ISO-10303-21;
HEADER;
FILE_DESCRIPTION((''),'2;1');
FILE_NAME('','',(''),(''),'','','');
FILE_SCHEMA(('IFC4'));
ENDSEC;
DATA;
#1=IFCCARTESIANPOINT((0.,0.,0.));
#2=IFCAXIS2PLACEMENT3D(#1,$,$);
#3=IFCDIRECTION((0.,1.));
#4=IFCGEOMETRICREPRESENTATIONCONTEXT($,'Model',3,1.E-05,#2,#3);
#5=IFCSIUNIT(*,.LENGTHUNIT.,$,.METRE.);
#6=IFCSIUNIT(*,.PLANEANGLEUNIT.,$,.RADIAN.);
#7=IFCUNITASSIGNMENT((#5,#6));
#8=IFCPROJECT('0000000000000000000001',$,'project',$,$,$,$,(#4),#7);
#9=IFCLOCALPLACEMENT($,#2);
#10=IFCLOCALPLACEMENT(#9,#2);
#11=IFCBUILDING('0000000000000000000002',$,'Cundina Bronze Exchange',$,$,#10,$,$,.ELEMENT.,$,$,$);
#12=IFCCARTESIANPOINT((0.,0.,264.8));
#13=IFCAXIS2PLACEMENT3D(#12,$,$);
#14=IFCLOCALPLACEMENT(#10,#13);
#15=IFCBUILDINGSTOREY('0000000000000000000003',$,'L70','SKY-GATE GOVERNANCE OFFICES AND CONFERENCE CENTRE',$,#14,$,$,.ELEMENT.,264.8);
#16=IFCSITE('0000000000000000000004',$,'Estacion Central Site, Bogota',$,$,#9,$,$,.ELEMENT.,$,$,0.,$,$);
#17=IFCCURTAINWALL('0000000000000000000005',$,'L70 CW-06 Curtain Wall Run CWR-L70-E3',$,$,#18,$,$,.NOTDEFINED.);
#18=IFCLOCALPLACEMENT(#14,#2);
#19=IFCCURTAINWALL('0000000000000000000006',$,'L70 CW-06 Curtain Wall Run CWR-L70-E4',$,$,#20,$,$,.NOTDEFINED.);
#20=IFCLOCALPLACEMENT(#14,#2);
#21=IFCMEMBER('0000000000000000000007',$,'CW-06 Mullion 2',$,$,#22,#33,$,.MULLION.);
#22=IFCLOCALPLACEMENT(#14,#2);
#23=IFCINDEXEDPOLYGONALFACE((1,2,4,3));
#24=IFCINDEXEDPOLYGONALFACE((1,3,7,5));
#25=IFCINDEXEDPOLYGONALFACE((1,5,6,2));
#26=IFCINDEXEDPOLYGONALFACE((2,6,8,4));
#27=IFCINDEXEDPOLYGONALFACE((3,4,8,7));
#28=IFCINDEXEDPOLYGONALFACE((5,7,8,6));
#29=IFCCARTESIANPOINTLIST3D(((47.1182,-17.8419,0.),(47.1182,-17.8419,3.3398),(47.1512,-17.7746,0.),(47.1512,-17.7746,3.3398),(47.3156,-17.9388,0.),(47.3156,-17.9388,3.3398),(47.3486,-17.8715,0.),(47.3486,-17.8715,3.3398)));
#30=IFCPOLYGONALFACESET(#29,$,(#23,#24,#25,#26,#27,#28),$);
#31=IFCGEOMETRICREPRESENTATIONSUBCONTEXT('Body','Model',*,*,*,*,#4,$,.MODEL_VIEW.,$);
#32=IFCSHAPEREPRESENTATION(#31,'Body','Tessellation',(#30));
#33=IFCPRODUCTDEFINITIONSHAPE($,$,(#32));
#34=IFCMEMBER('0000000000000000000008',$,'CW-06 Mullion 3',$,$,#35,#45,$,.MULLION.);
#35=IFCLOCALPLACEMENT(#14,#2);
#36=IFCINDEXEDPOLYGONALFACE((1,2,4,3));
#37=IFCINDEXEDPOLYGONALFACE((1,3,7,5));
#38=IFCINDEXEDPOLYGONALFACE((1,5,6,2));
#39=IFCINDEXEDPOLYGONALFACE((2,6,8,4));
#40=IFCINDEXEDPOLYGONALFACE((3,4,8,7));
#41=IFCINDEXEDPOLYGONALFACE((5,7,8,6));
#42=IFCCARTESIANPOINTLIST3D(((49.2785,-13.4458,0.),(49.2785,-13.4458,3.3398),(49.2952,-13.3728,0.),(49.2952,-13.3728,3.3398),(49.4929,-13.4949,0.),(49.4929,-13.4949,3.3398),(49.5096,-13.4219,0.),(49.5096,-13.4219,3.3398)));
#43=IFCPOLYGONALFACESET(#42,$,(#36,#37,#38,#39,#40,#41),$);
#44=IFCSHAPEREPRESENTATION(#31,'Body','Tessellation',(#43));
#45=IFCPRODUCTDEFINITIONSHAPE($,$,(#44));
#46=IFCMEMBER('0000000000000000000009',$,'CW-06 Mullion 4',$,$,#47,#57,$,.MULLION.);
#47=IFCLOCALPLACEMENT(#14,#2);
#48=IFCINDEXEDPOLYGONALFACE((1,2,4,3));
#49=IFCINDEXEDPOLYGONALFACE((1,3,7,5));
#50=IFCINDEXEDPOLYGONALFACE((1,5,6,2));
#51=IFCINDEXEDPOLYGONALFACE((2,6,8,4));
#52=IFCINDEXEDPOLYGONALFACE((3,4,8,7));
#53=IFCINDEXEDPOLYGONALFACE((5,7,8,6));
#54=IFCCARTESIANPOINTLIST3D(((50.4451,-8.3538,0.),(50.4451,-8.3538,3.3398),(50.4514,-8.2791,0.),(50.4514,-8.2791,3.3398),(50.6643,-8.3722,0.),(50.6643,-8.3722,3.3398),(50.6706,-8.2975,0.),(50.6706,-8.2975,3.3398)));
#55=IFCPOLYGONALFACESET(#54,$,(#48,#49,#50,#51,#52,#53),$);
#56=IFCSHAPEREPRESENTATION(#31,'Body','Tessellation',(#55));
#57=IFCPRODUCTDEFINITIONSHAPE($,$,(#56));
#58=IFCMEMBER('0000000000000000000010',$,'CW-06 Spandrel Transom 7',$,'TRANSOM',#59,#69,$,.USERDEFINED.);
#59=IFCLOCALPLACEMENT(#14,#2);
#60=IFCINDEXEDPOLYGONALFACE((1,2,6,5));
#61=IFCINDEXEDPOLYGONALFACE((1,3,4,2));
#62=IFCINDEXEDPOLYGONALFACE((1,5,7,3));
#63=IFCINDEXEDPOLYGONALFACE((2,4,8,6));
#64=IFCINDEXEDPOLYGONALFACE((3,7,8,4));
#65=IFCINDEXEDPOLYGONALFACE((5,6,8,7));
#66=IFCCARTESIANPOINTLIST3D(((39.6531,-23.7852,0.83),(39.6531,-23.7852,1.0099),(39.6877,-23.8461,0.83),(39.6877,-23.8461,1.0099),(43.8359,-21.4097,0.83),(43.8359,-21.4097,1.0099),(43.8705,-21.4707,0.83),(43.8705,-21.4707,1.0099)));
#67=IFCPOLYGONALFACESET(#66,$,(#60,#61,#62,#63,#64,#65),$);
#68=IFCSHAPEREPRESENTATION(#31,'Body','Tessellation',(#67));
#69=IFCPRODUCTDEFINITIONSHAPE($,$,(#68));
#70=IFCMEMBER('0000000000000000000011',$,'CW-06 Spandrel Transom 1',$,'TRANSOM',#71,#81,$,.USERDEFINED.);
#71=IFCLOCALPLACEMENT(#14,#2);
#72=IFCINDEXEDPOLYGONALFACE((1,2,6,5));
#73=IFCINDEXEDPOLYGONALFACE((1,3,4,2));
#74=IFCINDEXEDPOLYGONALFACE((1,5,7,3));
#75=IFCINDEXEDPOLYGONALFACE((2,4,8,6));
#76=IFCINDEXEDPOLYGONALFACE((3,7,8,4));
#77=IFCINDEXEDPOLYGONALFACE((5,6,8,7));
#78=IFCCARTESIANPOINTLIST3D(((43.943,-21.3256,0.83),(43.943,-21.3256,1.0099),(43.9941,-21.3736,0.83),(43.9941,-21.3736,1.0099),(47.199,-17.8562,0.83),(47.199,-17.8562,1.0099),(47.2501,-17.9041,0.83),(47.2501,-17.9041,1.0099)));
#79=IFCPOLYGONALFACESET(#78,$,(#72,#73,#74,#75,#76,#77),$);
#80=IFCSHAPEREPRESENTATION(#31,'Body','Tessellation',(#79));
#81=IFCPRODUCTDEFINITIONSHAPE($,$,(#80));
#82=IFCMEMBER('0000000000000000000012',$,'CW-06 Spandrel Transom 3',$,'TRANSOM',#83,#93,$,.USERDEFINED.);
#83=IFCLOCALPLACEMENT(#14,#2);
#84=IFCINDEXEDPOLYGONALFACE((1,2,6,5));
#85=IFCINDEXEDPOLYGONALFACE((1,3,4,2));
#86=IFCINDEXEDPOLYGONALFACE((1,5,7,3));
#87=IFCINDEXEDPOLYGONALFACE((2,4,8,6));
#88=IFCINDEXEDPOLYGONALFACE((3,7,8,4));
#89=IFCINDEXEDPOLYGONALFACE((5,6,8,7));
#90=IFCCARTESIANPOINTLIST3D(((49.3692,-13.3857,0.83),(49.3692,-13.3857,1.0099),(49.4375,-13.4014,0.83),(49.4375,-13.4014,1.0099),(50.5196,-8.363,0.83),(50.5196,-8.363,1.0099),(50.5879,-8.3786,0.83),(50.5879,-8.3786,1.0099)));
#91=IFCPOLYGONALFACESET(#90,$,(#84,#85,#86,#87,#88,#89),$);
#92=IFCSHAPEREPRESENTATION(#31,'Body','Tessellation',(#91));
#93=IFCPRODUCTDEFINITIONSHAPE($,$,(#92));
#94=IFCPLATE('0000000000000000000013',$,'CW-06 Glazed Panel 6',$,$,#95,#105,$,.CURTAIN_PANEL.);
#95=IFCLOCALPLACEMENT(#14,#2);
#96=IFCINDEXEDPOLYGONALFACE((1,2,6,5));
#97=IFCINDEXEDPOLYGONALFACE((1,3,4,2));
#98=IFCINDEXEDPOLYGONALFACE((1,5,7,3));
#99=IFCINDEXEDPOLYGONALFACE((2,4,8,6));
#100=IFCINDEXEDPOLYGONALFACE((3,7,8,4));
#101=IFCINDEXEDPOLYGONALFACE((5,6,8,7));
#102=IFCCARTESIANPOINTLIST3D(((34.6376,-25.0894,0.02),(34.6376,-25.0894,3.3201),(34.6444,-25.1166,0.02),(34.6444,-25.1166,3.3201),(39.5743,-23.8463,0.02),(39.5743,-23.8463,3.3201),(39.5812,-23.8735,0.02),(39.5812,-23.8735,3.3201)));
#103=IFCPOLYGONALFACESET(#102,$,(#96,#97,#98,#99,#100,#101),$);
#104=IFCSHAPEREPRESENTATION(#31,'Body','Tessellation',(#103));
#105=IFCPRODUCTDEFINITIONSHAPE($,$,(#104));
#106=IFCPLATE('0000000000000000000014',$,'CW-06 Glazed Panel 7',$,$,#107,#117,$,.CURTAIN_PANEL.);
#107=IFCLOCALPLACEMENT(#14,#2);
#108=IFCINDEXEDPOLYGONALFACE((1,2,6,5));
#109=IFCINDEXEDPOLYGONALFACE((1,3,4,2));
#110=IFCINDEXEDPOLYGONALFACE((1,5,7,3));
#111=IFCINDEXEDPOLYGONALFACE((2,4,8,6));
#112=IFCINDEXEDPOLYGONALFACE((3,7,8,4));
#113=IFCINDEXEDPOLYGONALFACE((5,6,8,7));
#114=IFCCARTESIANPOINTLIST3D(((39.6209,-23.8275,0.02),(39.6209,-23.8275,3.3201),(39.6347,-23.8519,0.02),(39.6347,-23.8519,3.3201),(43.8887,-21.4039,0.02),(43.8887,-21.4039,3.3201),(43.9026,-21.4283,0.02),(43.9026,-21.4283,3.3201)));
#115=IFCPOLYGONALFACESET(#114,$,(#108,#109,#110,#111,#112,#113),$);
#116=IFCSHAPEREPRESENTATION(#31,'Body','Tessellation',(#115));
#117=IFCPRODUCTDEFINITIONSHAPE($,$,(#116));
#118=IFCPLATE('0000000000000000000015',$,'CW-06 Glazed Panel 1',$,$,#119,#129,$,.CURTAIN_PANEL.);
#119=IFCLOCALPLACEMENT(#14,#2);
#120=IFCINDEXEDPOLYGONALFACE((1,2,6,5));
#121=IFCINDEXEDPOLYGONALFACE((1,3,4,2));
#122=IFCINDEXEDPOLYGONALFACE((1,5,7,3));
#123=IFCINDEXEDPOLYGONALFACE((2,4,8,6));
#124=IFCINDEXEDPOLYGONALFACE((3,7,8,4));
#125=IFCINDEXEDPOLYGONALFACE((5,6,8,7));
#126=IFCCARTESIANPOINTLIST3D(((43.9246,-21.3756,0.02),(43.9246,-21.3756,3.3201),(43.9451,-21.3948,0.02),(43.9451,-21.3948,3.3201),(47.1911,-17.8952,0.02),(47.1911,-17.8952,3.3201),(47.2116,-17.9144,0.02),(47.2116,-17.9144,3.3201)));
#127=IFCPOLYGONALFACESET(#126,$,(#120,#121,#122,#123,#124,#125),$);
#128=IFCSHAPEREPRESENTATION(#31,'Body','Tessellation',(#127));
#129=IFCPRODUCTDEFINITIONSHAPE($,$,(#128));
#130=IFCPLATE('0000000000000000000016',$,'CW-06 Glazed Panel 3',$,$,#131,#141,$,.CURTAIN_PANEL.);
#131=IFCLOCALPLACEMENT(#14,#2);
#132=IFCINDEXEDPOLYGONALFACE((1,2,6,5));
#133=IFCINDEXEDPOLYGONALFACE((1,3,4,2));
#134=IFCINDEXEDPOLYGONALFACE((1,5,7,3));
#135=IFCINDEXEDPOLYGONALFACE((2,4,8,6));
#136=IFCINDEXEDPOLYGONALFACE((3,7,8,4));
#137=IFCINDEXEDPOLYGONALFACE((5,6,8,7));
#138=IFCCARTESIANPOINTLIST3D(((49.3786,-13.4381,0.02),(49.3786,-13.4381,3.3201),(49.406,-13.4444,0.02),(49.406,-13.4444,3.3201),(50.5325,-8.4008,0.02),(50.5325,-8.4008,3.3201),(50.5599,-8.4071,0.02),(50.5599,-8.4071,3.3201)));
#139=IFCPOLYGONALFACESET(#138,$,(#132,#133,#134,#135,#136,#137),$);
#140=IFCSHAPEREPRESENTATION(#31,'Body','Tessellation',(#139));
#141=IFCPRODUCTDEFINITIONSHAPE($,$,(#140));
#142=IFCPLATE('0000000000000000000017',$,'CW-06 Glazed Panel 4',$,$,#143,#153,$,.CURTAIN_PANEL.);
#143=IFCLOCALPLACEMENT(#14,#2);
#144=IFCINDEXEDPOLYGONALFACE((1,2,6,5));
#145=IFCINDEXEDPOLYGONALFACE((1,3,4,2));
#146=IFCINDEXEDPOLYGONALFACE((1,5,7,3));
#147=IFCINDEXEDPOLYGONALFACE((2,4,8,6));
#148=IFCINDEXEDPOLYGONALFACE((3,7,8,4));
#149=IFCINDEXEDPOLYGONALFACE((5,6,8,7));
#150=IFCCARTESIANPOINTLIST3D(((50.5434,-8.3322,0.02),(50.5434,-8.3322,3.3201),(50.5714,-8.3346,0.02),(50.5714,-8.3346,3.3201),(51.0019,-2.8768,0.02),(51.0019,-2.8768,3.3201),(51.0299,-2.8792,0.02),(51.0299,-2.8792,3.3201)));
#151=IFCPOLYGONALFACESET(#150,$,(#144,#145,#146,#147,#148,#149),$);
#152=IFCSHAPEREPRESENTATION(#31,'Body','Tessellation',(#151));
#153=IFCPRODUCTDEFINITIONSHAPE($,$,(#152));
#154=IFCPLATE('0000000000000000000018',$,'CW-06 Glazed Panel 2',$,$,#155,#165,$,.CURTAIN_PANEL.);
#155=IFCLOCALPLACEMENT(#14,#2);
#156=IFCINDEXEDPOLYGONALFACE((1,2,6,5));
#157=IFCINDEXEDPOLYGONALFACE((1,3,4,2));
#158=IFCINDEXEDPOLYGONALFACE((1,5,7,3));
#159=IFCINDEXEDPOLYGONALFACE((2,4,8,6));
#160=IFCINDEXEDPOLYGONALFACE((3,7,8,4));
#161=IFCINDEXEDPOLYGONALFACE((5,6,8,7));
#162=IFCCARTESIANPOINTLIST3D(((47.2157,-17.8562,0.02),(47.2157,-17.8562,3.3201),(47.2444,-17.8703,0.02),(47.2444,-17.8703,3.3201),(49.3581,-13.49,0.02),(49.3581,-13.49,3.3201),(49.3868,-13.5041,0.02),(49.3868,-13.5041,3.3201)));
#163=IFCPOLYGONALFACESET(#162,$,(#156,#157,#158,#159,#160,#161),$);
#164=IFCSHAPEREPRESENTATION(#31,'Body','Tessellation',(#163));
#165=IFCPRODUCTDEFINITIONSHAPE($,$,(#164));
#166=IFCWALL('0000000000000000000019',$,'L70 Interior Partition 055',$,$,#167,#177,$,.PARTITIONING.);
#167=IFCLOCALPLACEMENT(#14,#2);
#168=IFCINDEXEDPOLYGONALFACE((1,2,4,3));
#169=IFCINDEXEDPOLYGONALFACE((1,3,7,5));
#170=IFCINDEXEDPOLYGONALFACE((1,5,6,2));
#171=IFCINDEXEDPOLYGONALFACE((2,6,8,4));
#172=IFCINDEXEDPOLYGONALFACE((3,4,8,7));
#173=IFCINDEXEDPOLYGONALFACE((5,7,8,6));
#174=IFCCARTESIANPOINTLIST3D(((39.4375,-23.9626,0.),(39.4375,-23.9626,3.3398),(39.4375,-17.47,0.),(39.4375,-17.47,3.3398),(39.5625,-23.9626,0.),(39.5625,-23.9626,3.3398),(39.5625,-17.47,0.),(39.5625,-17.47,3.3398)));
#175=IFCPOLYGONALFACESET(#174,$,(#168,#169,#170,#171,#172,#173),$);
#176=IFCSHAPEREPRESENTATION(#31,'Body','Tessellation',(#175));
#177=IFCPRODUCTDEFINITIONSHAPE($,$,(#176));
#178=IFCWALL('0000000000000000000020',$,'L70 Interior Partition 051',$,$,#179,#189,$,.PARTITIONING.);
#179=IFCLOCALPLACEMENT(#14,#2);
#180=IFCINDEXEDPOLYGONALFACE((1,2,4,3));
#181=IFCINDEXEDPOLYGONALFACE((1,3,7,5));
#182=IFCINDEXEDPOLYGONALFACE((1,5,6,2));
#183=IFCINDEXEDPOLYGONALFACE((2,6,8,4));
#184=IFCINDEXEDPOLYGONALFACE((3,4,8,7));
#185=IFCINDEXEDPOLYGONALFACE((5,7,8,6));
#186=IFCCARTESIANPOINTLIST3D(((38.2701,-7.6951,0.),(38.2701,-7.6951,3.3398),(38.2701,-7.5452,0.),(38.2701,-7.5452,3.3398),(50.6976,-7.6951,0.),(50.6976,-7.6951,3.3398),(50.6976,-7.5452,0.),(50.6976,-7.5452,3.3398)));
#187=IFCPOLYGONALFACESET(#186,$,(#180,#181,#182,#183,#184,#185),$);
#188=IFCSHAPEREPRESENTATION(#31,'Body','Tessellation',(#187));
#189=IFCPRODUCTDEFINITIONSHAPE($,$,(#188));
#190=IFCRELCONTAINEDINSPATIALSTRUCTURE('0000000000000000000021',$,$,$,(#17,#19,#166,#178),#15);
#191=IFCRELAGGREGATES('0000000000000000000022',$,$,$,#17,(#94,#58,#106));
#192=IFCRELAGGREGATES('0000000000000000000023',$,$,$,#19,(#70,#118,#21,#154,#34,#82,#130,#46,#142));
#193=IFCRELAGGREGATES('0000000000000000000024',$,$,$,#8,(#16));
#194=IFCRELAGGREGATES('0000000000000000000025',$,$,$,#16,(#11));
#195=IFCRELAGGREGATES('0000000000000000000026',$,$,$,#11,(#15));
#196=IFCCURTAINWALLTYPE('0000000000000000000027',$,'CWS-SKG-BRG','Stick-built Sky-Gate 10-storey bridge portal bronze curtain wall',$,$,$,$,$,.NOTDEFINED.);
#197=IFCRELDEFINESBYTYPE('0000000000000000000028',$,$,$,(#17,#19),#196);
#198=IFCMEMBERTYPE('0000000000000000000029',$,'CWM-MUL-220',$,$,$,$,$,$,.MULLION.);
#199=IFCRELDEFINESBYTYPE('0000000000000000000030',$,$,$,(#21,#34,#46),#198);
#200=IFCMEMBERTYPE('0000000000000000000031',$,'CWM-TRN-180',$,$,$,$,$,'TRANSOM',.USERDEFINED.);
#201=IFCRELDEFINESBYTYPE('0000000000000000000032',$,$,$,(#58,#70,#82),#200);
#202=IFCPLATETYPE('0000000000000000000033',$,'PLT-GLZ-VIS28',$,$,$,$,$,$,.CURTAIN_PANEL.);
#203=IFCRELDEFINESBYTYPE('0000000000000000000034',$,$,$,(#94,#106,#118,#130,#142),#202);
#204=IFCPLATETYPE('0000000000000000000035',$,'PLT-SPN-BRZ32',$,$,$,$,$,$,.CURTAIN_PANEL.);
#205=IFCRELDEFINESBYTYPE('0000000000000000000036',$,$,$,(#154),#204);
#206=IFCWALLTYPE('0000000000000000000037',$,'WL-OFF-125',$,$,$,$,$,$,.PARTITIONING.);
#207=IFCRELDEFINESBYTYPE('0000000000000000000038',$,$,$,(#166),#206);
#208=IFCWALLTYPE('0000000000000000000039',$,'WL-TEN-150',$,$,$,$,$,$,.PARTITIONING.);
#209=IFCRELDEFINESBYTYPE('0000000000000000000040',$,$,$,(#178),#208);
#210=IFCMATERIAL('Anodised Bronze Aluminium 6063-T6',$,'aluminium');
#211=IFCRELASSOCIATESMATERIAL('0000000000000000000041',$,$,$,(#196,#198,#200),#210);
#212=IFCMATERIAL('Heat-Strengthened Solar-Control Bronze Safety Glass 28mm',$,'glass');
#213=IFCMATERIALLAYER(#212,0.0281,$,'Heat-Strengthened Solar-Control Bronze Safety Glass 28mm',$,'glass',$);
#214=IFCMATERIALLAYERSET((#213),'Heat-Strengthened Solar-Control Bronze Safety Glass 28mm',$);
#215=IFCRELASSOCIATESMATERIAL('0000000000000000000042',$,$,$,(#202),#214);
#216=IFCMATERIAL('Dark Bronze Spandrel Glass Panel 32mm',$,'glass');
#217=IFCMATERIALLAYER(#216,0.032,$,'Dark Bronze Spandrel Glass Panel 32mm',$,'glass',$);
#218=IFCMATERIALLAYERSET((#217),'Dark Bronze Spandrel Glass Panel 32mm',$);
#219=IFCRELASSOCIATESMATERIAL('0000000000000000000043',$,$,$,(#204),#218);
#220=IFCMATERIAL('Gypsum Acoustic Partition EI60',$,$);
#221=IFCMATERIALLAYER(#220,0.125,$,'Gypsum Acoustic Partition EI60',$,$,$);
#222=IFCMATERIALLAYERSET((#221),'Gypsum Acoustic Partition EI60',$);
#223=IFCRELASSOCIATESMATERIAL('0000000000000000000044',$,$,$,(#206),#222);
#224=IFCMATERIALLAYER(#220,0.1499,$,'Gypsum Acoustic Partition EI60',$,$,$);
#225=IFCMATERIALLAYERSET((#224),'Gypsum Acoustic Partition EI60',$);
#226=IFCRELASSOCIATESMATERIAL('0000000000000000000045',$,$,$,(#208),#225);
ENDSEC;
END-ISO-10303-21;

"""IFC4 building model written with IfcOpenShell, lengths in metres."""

from ifc_helpers import new_model, si_unit, direction, frame, frame_2d, origin, origin_2d, place, context, subcontext, project, spatial, rectangle, extrude, material, layer, layer_set, material_profile, profile_set, type_object, element, aggregate, save


model = new_model("IFC4")

# Units and contexts
model_context = context("Model", 3, precision=1e-05, world=origin(), true_north=direction((0.0, 1.0)))
body_context = subcontext(model_context, "Body", "Model", "MODEL_VIEW")
ifc_project = project(units=[si_unit("LENGTHUNIT", "METRE"), si_unit("PLANEANGLEUNIT", "RADIAN")], contexts=[model_context])

# Site, building, storey
site_placement = place(None, origin())
site = spatial("IfcSite", under=ifc_project, at=site_placement, Name="Estacion Central Site, Bogota", CompositionType="ELEMENT", RefElevation=0.0)
building_placement = place(site_placement, origin())
building = spatial("IfcBuilding", under=site, at=building_placement, Name="Cundina Bronze Exchange", CompositionType="ELEMENT")
storey_placement = place(building_placement, frame((0.0, 0.0, 264.8)))
storey = spatial("IfcBuildingStorey", under=building, at=storey_placement, Name="L70", Description="SKY-GATE GOVERNANCE OFFICES AND CONFERENCE CENTRE", CompositionType="ELEMENT", Elevation=264.8)

# Curtain walls, members
ifc_material_1 = material(Name="Anodised Bronze Aluminium 6063-T6", Category="aluminium")
curtain_wall_type = type_object("IfcCurtainWallType", Name="CWS-SKG-BRG", Description="Stick-built Sky-Gate 10-storey bridge portal bronze curtain wall", PredefinedType="NOTDEFINED", material=ifc_material_1)
curtain_wall_1_placement = place(storey_placement, origin())
curtain_wall_1 = element("IfcCurtainWall", 1, at=curtain_wall_1_placement, inside=storey, type_object=curtain_wall_type, Name="L70 CW-06 Curtain Wall Run CWR-L70-E3", PredefinedType="NOTDEFINED")
ifc_material_profile_1 = material_profile(ifc_material_1, rectangle(XDim=0.075, YDim=0.22, at=origin_2d()), Name="AL75X220", Category="aluminium")
ifc_profile_set_1 = profile_set([ifc_material_profile_1], Name="Anodised Bronze Aluminium 6063-T6")
member_type_1 = type_object("IfcMemberType", Name="CWM-MUL-220", PredefinedType="MULLION", material=ifc_profile_set_1)
curtain_wall_2_placement = place(storey_placement, origin())
curtain_wall_2 = element("IfcCurtainWall", 2, at=curtain_wall_2_placement, inside=storey, type_object=curtain_wall_type, Name="L70 CW-06 Curtain Wall Run CWR-L70-E4", PredefinedType="NOTDEFINED")
member_1_placement = place(storey_placement, frame((47.2334, -17.8567, 0.0), z_axis=(0.0, 0.0, 1.0), x_axis=(0.440566, 0.89772, 0.0)))
member_1 = element("IfcMember", 3, at=member_1_placement, type_object=member_type_1, Name="CW-06 Mullion 2", PredefinedType="MULLION", context=body_context, shape_type="SweptSolid", body=[
    extrude(rectangle(XDim=0.075, YDim=0.22, at=origin_2d()), origin(), (0.0, 0.0, 1.0), 3.3398),
])
member_2_placement = place(storey_placement, frame((49.394, -13.4338, 0.0), z_axis=(0.0, 0.0, 1.0), x_axis=(0.22325, 0.974761, 0.0)))
member_2 = element("IfcMember", 4, at=member_2_placement, type_object=member_type_1, Name="CW-06 Mullion 3", PredefinedType="MULLION", context=body_context, shape_type="SweptSolid", body=[
    extrude(rectangle(XDim=0.075, YDim=0.22, at=origin_2d()), origin(), (0.0, 0.0, 1.0), 3.3398),
])
member_3_placement = place(storey_placement, frame((50.5579, -8.3257, 0.0), z_axis=(0.0, 0.0, 1.0), x_axis=(0.083678, 0.996493, 0.0)))
member_3 = element("IfcMember", 5, at=member_3_placement, type_object=member_type_1, Name="CW-06 Mullion 4", PredefinedType="MULLION", context=body_context, shape_type="SweptSolid", body=[
    extrude(rectangle(XDim=0.075, YDim=0.22, at=origin_2d()), origin(), (0.0, 0.0, 1.0), 3.3398),
])

# Members
ifc_material_profile_2 = material_profile(ifc_material_1, rectangle(XDim=0.0701, YDim=0.1799, at=origin_2d()), Name="AL70X180", Category="aluminium")
ifc_profile_set_2 = profile_set([ifc_material_profile_2], Name="Anodised Bronze Aluminium 6063-T6")
member_type_2 = type_object("IfcMemberType", Name="CWM-TRN-180", ElementType="TRANSOM", PredefinedType="USERDEFINED", material=ifc_profile_set_2)
member_4_placement = place(storey_placement, frame((39.6704, -23.8157, 0.9199), z_axis=(0.869558, 0.493831, 0.0), x_axis=(-0.493831, 0.869558, 0.0)))
member_4 = element("IfcMember", 6, at=member_4_placement, type_object=member_type_2, Name="CW-06 Spandrel Transom 7", ObjectType="TRANSOM", PredefinedType="USERDEFINED", context=body_context, shape_type="SweptSolid", body=[
    extrude(rectangle(XDim=0.0701, YDim=0.1799, at=origin_2d()), origin(), (0.0, 0.0, 1.0), 4.8103),
])
member_5_placement = place(storey_placement, frame((43.9685, -21.3496, 0.9199), z_axis=(0.684328, 0.729174, 0.0), x_axis=(-0.729174, 0.684328, 0.0)))
member_5 = element("IfcMember", 7, at=member_5_placement, type_object=member_type_2, Name="CW-06 Spandrel Transom 1", ObjectType="TRANSOM", PredefinedType="USERDEFINED", context=body_context, shape_type="SweptSolid", body=[
    extrude(rectangle(XDim=0.0701, YDim=0.1799, at=origin_2d()), origin(), (0.0, 0.0, 1.0), 4.7581),
])
member_6_placement = place(storey_placement, frame((49.4033, -13.3936, 0.9199), z_axis=(0.223257, 0.97476, 0.0), x_axis=(-0.97476, 0.223257, 0.0)))
member_6 = element("IfcMember", 8, at=member_6_placement, type_object=member_type_2, Name="CW-06 Spandrel Transom 3", ObjectType="TRANSOM", PredefinedType="USERDEFINED", context=body_context, shape_type="SweptSolid", body=[
    extrude(rectangle(XDim=0.0701, YDim=0.1799, at=origin_2d()), origin(), (0.0, 0.0, 1.0), 5.1528),
])

# Plates
ifc_material_2 = material(Name="Heat-Strengthened Solar-Control Bronze Safety Glass 28mm", Category="glass")
ifc_layer_1 = layer(ifc_material_2, 0.0281, Name="Heat-Strengthened Solar-Control Bronze Safety Glass 28mm", Category="glass")
ifc_layer_set_1 = layer_set([ifc_layer_1], Name="Heat-Strengthened Solar-Control Bronze Safety Glass 28mm")
plate_type_1 = type_object("IfcPlateType", Name="PLT-GLZ-VIS28", PredefinedType="CURTAIN_PANEL", material=ifc_layer_set_1)
plate_1_placement = place(storey_placement, frame((37.1094, -24.4814, 0.02), z_axis=(0.0, 0.0, 1.0), x_axis=(0.969732, 0.244174, 0.0)))
plate_1 = element("IfcPlate", 9, at=plate_1_placement, type_object=plate_type_1, Name="CW-06 Glazed Panel 6", PredefinedType="CURTAIN_PANEL", context=body_context, shape_type="SweptSolid", body=[
    extrude(rectangle(XDim=5.0908, YDim=0.0281, at=origin_2d()), origin(), (0.0, 0.0, 1.0), 3.3),
])
plate_2_placement = place(storey_placement, frame((41.7617, -22.6279, 0.02), z_axis=(0.0, 0.0, 1.0), x_axis=(0.869573, 0.493805, 0.0)))
plate_2 = element("IfcPlate", 10, at=plate_2_placement, type_object=plate_type_1, Name="CW-06 Glazed Panel 7", PredefinedType="CURTAIN_PANEL", context=body_context, shape_type="SweptSolid", body=[
    extrude(rectangle(XDim=4.908, YDim=0.0281, at=origin_2d()), origin(), (0.0, 0.0, 1.0), 3.3),
])
aggregate(curtain_wall_1, [plate_1, member_4, plate_2])
plate_3_placement = place(storey_placement, frame((45.5681, -19.645, 0.02), z_axis=(0.0, 0.0, 1.0), x_axis=(0.684344, 0.72916, 0.0)))
plate_3 = element("IfcPlate", 11, at=plate_3_placement, type_object=plate_type_1, Name="CW-06 Glazed Panel 1", PredefinedType="CURTAIN_PANEL", context=body_context, shape_type="SweptSolid", body=[
    extrude(rectangle(XDim=4.7732, YDim=0.0281, at=origin_2d()), origin(), (0.0, 0.0, 1.0), 3.3),
])
plate_4_placement = place(storey_placement, frame((49.9692, -10.9226, 0.02), z_axis=(0.0, 0.0, 1.0), x_axis=(0.223284, 0.974753, 0.0)))
plate_4 = element("IfcPlate", 12, at=plate_4_placement, type_object=plate_type_1, Name="CW-06 Glazed Panel 3", PredefinedType="CURTAIN_PANEL", context=body_context, shape_type="SweptSolid", body=[
    extrude(rectangle(XDim=5.1677, YDim=0.0281, at=origin_2d()), origin(), (0.0, 0.0, 1.0), 3.3),
])
plate_5_placement = place(storey_placement, frame((50.7866, -5.6057, 0.02), z_axis=(0.0, 0.0, 1.0), x_axis=(0.083747, 0.996487, 0.0)))
plate_5 = element("IfcPlate", 13, at=plate_5_placement, type_object=plate_type_1, Name="CW-06 Glazed Panel 4", PredefinedType="CURTAIN_PANEL", context=body_context, shape_type="SweptSolid", body=[
    extrude(rectangle(XDim=5.4746, YDim=0.0281, at=origin_2d()), origin(), (0.0, 0.0, 1.0), 3.3),
])
ifc_material_3 = material(Name="Dark Bronze Spandrel Glass Panel 32mm", Category="glass")
ifc_layer_2 = layer(ifc_material_3, 0.032, Name="Dark Bronze Spandrel Glass Panel 32mm", Category="glass")
ifc_layer_set_2 = layer_set([ifc_layer_2], Name="Dark Bronze Spandrel Glass Panel 32mm")
plate_type_2 = type_object("IfcPlateType", Name="PLT-SPN-BRZ32", PredefinedType="CURTAIN_PANEL", material=ifc_layer_set_2)
plate_6_placement = place(storey_placement, frame((48.3013, -15.6802, 0.02), z_axis=(0.0, 0.0, 1.0), x_axis=(0.440503, 0.897751, 0.0)))
plate_6 = element("IfcPlate", 14, at=plate_6_placement, type_object=plate_type_2, Name="CW-06 Glazed Panel 2", PredefinedType="CURTAIN_PANEL", context=body_context, shape_type="SweptSolid", body=[
    extrude(rectangle(XDim=4.8635, YDim=0.032, at=origin_2d()), origin(), (0.0, 0.0, 1.0), 3.3),
])
aggregate(curtain_wall_2, [member_5, plate_3, member_1, plate_6, member_2, member_6, plate_4, member_3, plate_5])

# Walls
ifc_material_4 = material(Name="Gypsum Acoustic Partition EI60")
ifc_layer_3 = layer(ifc_material_4, 0.125, Name="Gypsum Acoustic Partition EI60")
ifc_layer_set_3 = layer_set([ifc_layer_3], Name="Gypsum Acoustic Partition EI60")
wall_type_1 = type_object("IfcWallType", Name="WL-OFF-125", PredefinedType="PARTITIONING", material=ifc_layer_set_3)
wall_1_placement = place(storey_placement, frame((39.5, -23.9626, 0.0), z_axis=(0.0, 0.0, 1.0), x_axis=(0.0, 1.0, 0.0)))
element("IfcWall", 15, at=wall_1_placement, inside=storey, type_object=wall_type_1, Name="L70 Interior Partition 055", PredefinedType="PARTITIONING", context=body_context, shape_type="SweptSolid", body=[
    extrude(rectangle(XDim=6.4927, YDim=0.125, at=frame_2d((3.2463, 0.0))), origin(), (0.0, 0.0, 1.0), 3.3398),
])
ifc_layer_4 = layer(ifc_material_4, 0.1499, Name="Gypsum Acoustic Partition EI60")
ifc_layer_set_4 = layer_set([ifc_layer_4], Name="Gypsum Acoustic Partition EI60")
wall_type_2 = type_object("IfcWallType", Name="WL-TEN-150", PredefinedType="PARTITIONING", material=ifc_layer_set_4)
wall_2_placement = place(storey_placement, frame((38.27, -7.6201, 0.0), z_axis=(0.0, 0.0, 1.0), x_axis=(1.0, 0.0, 0.0)))
element("IfcWall", 16, at=wall_2_placement, inside=storey, type_object=wall_type_2, Name="L70 Interior Partition 051", PredefinedType="PARTITIONING", context=body_context, shape_type="SweptSolid", body=[
    extrude(rectangle(XDim=12.4275, YDim=0.1499, at=frame_2d((6.2139, 0.0))), origin(), (0.0, 0.0, 1.0), 3.3398),
])

save(model, "model.ifc")
